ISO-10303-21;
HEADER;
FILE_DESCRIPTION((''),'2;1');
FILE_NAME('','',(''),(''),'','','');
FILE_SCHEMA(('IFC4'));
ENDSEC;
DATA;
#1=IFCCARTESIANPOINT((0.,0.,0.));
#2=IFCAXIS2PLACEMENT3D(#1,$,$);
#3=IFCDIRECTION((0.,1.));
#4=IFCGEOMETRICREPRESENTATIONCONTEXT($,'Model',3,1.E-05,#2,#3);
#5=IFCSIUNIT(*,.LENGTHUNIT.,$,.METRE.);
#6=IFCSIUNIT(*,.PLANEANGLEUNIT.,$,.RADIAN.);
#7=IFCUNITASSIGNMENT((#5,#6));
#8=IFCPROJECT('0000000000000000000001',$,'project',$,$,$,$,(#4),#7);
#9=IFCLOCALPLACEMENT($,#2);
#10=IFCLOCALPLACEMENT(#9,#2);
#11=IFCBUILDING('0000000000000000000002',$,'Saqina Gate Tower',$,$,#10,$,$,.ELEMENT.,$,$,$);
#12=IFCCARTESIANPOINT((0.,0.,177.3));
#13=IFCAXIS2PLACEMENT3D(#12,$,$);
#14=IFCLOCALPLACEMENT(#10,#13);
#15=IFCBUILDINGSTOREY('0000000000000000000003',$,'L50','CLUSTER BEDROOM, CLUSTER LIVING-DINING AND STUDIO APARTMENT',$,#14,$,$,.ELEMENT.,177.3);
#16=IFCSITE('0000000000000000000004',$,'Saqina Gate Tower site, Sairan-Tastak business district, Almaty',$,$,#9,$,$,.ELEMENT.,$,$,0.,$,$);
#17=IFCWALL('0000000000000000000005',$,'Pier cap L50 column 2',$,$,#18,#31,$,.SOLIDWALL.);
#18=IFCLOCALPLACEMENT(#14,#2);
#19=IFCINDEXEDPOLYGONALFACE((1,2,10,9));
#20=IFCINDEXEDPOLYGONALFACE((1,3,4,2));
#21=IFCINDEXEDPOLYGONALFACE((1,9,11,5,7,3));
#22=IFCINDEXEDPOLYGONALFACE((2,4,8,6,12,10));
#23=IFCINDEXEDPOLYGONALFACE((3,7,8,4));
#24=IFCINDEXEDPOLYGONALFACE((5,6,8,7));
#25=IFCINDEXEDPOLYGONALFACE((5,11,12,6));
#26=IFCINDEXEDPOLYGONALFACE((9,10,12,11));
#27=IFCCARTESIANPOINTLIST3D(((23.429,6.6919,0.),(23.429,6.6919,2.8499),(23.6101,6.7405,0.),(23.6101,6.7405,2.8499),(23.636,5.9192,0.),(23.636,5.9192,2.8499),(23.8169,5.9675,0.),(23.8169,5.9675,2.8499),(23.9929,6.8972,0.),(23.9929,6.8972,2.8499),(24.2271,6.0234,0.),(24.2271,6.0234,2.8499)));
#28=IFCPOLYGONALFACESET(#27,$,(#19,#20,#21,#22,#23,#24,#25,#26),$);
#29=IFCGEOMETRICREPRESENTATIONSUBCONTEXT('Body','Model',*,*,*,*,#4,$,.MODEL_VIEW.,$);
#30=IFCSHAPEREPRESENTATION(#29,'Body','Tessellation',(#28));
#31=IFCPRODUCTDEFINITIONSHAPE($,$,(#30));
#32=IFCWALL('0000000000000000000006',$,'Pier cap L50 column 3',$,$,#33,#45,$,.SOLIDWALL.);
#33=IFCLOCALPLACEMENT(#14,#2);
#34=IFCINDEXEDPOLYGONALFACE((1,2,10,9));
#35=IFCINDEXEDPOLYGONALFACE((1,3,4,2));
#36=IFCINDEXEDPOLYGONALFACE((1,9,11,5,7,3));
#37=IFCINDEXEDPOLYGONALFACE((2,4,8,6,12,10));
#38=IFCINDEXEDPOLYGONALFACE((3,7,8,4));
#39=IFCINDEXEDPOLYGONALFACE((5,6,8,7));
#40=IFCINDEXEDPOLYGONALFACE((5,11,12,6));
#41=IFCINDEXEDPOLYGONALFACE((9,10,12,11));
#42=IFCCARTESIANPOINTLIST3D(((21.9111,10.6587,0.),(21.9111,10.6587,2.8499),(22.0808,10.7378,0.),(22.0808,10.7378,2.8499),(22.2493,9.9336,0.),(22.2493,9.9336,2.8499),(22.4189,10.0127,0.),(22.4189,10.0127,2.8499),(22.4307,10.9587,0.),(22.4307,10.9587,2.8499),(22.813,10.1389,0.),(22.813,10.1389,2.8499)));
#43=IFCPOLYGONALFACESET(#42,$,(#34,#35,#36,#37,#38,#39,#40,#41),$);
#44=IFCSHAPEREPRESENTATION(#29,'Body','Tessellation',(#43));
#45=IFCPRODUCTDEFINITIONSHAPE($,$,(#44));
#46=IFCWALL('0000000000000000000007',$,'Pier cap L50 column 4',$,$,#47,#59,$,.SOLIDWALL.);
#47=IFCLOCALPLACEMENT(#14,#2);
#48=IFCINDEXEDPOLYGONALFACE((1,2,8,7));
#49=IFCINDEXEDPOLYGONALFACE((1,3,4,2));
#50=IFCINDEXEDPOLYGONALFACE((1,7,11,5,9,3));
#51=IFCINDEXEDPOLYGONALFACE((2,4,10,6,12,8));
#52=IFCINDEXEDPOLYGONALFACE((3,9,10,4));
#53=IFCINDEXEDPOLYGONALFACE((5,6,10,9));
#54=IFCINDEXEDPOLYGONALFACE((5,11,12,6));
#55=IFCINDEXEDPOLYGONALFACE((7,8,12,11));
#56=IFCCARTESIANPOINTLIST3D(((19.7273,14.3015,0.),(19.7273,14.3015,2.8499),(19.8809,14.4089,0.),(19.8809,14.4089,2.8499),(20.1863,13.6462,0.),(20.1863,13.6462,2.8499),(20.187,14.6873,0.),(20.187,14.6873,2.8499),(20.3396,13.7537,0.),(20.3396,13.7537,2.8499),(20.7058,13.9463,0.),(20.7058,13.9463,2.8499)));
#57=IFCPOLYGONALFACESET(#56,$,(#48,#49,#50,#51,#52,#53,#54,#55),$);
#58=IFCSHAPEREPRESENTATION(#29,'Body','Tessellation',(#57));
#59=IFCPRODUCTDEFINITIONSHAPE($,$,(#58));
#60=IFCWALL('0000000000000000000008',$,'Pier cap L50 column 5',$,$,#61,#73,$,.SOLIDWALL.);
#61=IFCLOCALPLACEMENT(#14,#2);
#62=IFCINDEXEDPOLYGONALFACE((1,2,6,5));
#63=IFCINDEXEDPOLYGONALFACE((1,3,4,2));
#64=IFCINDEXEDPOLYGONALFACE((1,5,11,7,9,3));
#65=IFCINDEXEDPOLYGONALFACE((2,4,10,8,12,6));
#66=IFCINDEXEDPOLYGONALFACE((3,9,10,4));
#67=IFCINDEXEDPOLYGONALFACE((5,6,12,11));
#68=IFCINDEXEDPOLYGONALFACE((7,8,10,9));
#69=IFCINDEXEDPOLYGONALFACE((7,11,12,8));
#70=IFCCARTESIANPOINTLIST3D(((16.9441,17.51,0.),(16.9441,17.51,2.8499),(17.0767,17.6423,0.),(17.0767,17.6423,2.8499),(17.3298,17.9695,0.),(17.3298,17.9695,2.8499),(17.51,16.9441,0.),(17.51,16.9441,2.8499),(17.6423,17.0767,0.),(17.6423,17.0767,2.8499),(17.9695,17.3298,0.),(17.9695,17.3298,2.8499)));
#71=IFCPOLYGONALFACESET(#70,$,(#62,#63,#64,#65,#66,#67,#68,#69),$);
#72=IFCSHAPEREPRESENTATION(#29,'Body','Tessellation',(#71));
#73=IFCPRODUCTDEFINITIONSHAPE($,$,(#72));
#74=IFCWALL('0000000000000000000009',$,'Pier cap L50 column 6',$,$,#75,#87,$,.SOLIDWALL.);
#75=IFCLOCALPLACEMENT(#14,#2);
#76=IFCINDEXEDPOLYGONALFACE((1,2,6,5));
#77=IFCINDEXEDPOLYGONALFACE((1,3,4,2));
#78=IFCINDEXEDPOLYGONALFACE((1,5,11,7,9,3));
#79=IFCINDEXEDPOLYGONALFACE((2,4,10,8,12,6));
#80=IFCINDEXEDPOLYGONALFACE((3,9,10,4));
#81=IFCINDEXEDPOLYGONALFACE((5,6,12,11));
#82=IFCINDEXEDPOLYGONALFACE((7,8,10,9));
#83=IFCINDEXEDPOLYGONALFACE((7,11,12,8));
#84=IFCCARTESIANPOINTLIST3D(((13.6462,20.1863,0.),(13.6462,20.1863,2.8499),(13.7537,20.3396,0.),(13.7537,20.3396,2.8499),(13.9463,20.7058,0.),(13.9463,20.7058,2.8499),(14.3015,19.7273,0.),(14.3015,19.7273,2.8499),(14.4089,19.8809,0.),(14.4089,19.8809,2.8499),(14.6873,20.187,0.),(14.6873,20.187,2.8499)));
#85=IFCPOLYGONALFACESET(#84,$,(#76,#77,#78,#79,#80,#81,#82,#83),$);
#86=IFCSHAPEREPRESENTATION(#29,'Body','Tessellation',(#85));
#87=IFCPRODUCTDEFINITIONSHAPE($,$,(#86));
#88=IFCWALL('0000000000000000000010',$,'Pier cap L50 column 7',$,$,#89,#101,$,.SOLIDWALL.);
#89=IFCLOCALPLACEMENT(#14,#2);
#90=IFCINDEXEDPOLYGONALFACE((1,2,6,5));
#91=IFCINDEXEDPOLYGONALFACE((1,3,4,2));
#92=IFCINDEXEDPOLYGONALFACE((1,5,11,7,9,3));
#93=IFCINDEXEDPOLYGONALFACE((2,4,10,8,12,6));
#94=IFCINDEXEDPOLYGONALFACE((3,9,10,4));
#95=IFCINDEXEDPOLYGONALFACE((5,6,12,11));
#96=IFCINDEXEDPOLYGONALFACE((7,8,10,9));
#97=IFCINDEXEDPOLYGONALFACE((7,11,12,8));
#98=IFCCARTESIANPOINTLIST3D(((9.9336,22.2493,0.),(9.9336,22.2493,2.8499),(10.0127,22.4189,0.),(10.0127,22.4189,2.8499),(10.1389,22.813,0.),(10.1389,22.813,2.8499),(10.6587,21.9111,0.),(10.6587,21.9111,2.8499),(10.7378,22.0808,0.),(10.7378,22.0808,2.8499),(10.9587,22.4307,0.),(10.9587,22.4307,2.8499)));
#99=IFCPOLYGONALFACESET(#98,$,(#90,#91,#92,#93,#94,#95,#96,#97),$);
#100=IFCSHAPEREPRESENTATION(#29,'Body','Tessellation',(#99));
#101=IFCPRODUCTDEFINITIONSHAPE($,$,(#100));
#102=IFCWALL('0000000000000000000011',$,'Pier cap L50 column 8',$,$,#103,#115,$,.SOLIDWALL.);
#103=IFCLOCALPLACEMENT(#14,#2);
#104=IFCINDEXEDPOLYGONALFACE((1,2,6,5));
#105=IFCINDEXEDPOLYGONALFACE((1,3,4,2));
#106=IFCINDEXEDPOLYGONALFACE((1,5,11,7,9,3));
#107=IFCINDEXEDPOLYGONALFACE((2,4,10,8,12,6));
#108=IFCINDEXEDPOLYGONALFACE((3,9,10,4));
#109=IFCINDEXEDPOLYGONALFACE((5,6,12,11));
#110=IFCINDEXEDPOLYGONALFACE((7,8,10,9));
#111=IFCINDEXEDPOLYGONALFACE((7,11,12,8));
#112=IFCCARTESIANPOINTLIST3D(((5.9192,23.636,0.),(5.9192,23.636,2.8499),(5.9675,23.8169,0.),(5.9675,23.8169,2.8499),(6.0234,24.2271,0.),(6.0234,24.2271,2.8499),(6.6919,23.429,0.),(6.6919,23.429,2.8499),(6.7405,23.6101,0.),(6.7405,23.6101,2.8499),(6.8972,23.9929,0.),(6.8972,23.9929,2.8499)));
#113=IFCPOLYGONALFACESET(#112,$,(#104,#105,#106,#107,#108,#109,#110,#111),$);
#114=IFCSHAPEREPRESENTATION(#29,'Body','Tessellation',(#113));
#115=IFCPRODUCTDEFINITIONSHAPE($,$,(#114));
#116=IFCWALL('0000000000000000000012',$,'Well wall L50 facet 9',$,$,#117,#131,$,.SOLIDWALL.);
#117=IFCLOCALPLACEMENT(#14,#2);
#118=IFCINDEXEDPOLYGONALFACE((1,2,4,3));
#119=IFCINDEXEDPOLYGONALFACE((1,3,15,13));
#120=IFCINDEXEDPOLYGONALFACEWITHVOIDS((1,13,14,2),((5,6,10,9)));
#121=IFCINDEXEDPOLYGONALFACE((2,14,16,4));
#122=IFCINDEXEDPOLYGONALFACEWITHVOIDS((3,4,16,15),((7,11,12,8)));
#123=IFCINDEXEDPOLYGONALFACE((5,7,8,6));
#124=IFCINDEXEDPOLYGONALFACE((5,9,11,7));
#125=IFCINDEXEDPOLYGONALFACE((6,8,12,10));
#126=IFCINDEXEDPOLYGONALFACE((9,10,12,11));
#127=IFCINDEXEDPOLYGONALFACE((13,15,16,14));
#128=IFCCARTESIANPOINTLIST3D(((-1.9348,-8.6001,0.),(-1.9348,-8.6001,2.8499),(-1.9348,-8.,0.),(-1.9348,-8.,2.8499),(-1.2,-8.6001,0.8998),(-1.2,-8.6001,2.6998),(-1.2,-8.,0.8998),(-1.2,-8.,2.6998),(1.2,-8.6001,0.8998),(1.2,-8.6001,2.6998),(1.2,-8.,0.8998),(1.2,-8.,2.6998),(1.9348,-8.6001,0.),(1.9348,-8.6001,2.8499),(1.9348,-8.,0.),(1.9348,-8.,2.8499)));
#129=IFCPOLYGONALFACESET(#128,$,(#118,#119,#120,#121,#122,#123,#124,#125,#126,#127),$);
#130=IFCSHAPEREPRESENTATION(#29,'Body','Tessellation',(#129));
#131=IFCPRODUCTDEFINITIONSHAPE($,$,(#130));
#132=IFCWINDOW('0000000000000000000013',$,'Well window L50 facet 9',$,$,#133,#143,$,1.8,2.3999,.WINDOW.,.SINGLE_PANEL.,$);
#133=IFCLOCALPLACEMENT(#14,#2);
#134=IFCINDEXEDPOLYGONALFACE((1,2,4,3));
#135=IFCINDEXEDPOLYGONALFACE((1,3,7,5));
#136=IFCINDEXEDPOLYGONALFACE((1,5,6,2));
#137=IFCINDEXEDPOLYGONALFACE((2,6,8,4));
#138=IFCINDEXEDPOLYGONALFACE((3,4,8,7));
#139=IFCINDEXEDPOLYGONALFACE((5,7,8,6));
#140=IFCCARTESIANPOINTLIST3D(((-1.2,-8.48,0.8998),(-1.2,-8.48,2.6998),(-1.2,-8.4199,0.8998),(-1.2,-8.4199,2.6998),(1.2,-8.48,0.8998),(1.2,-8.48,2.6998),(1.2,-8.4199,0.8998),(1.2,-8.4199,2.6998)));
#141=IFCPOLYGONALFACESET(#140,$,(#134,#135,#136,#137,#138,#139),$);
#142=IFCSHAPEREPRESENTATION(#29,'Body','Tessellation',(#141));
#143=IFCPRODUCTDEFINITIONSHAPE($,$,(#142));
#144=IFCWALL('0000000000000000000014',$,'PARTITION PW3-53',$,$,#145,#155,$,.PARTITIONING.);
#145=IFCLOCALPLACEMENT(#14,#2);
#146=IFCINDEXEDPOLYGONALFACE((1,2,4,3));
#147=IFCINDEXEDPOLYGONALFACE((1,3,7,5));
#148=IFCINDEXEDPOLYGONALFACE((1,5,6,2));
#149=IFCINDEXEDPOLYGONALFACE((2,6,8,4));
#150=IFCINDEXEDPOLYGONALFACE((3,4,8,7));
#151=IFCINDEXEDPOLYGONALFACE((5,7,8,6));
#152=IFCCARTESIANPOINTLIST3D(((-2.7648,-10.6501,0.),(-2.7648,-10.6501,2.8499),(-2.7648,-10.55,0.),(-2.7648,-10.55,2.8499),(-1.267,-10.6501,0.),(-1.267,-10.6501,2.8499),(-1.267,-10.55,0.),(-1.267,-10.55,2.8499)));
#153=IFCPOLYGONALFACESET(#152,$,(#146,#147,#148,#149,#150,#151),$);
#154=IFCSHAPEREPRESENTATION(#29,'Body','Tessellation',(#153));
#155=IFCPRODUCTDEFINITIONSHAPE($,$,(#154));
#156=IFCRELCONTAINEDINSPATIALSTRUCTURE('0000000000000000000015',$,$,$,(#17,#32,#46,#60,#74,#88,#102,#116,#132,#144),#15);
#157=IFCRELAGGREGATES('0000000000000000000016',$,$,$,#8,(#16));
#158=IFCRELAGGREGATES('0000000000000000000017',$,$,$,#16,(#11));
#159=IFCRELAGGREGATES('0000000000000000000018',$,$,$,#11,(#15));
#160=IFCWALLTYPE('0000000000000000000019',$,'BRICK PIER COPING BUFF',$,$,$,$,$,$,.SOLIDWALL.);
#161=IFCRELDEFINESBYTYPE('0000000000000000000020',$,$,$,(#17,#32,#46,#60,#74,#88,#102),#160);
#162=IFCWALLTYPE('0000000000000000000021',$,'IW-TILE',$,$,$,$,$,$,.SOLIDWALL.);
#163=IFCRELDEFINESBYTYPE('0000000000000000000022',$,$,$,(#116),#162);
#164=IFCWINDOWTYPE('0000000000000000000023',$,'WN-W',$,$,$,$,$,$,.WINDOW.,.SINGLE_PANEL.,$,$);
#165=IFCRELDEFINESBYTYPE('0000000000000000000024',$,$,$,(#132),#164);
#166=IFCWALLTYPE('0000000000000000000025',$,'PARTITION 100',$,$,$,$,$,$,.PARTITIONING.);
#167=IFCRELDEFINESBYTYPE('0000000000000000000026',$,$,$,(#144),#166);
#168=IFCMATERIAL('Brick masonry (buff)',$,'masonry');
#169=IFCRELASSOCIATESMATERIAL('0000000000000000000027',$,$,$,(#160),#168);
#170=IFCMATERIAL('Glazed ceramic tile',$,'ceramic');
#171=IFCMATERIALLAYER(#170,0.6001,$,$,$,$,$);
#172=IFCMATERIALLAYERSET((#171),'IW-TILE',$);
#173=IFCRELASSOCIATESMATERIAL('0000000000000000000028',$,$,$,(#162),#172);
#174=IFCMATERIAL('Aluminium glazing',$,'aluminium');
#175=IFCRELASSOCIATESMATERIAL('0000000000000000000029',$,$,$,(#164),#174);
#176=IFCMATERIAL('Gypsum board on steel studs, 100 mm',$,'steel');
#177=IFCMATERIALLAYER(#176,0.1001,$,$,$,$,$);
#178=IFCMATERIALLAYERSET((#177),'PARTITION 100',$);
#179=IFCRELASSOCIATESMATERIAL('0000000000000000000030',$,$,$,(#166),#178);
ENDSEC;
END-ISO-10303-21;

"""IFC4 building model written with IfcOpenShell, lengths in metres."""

from ifc_helpers import new_model, si_unit, direction, frame, frame_2d, origin, place, context, subcontext, project, spatial, polyline, rectangle, outline, extrude, material, layer, layer_set, type_object, element, fill, save


model = new_model("IFC4")

# Units and contexts
model_context = context("Model", 3, precision=1e-05, world=origin(), true_north=direction((0.0, 1.0)))
body_context = subcontext(model_context, "Body", "Model", "MODEL_VIEW")
ifc_project = project(units=[si_unit("LENGTHUNIT", "METRE"), si_unit("PLANEANGLEUNIT", "RADIAN")], contexts=[model_context])

# Site, building, storey
site_placement = place(None, origin())
site = spatial("IfcSite", under=ifc_project, at=site_placement, Name="Saqina Gate Tower site, Sairan-Tastak business district, Almaty", CompositionType="ELEMENT", RefElevation=0.0)
building_placement = place(site_placement, origin())
building = spatial("IfcBuilding", under=site, at=building_placement, Name="Saqina Gate Tower", CompositionType="ELEMENT")
storey_placement = place(building_placement, frame((0.0, 0.0, 177.3)))
storey = spatial("IfcBuildingStorey", under=building, at=storey_placement, Name="L50", Description="CLUSTER BEDROOM, CLUSTER LIVING-DINING AND STUDIO APARTMENT", CompositionType="ELEMENT", Elevation=177.3)

# Walls
ifc_material_1 = material(Name="Brick masonry (buff)", Category="masonry")
wall_type_1 = type_object("IfcWallType", Name="BRICK PIER COPING BUFF", PredefinedType="SOLIDWALL", material=ifc_material_1)
wall_1_placement = place(storey_placement, origin())
element("IfcWall", 1, at=wall_1_placement, inside=storey, type_object=wall_type_1, Name="Pier cap L50 column 2", PredefinedType="SOLIDWALL", context=body_context, shape_type="SweptSolid", body=[
    extrude(outline(polyline([(24.2271, 6.0234), (23.9929, 6.8972), (23.429, 6.6919), (23.6101, 6.7405), (23.8169, 5.9675), (23.636, 5.9192), (24.2271, 6.0234)])), origin(), (0.0, 0.0, 1.0), 2.8499),
])
wall_2_placement = place(storey_placement, origin())
element("IfcWall", 2, at=wall_2_placement, inside=storey, type_object=wall_type_1, Name="Pier cap L50 column 3", PredefinedType="SOLIDWALL", context=body_context, shape_type="SweptSolid", body=[
    extrude(outline(polyline([(22.4307, 10.9587), (21.9111, 10.6587), (22.0808, 10.7378), (22.4189, 10.0127), (22.2493, 9.9336), (22.813, 10.1389), (22.4307, 10.9587)])), origin(), (0.0, 0.0, 1.0), 2.8499),
])
wall_3_placement = place(storey_placement, origin())
element("IfcWall", 3, at=wall_3_placement, inside=storey, type_object=wall_type_1, Name="Pier cap L50 column 4", PredefinedType="SOLIDWALL", context=body_context, shape_type="SweptSolid", body=[
    extrude(outline(polyline([(20.7058, 13.9463), (20.187, 14.6873), (19.7273, 14.3015), (19.8809, 14.4089), (20.3396, 13.7537), (20.1863, 13.6462), (20.7058, 13.9463)])), origin(), (0.0, 0.0, 1.0), 2.8499),
])
wall_4_placement = place(storey_placement, origin())
element("IfcWall", 4, at=wall_4_placement, inside=storey, type_object=wall_type_1, Name="Pier cap L50 column 5", PredefinedType="SOLIDWALL", context=body_context, shape_type="SweptSolid", body=[
    extrude(outline(polyline([(17.3298, 17.9695), (16.9441, 17.51), (17.0767, 17.6423), (17.6423, 17.0767), (17.51, 16.9441), (17.9695, 17.3298), (17.3298, 17.9695)])), origin(), (0.0, 0.0, 1.0), 2.8499),
])
wall_5_placement = place(storey_placement, origin())
element("IfcWall", 5, at=wall_5_placement, inside=storey, type_object=wall_type_1, Name="Pier cap L50 column 6", PredefinedType="SOLIDWALL", context=body_context, shape_type="SweptSolid", body=[
    extrude(outline(polyline([(14.6873, 20.187), (13.9463, 20.7058), (13.6462, 20.1863), (13.7537, 20.3396), (14.4089, 19.8809), (14.3015, 19.7273), (14.6873, 20.187)])), origin(), (0.0, 0.0, 1.0), 2.8499),
])
wall_6_placement = place(storey_placement, origin())
element("IfcWall", 6, at=wall_6_placement, inside=storey, type_object=wall_type_1, Name="Pier cap L50 column 7", PredefinedType="SOLIDWALL", context=body_context, shape_type="SweptSolid", body=[
    extrude(outline(polyline([(10.1389, 22.813), (9.9336, 22.2493), (10.0127, 22.4189), (10.7378, 22.0808), (10.6587, 21.9111), (10.9587, 22.4307), (10.1389, 22.813)])), origin(), (0.0, 0.0, 1.0), 2.8499),
])
wall_7_placement = place(storey_placement, origin())
element("IfcWall", 7, at=wall_7_placement, inside=storey, type_object=wall_type_1, Name="Pier cap L50 column 8", PredefinedType="SOLIDWALL", context=body_context, shape_type="SweptSolid", body=[
    extrude(outline(polyline([(6.0234, 24.2271), (5.9192, 23.636), (5.9675, 23.8169), (6.7405, 23.6101), (6.6919, 23.429), (6.8972, 23.9929), (6.0234, 24.2271)])), origin(), (0.0, 0.0, 1.0), 2.8499),
])

# Wall, opening, window
ifc_material_2 = material(Name="Glazed ceramic tile", Category="ceramic")
ifc_layer_1 = layer(ifc_material_2, 0.6001)
ifc_layer_set_1 = layer_set([ifc_layer_1], Name="IW-TILE")
wall_type_2 = type_object("IfcWallType", Name="IW-TILE", PredefinedType="SOLIDWALL", material=ifc_layer_set_1)
wall_8_placement = place(storey_placement, frame((-1.9348, -8.3, 0.0), z_axis=(0.0, 0.0, 1.0), x_axis=(1.0, 0.0, 0.0)))
wall_8 = element("IfcWall", 8, at=wall_8_placement, inside=storey, type_object=wall_type_2, Name="Well wall L50 facet 9", PredefinedType="SOLIDWALL", context=body_context, shape_type="SweptSolid", body=[
    extrude(rectangle(XDim=3.8696, YDim=0.6001, at=frame_2d((1.9348, 0.0))), origin(), (0.0, 0.0, 1.0), 2.8499),
])
opening_placement = place(wall_8_placement, frame((0.7349, 0.0, 0.8999)))
opening = element("IfcOpeningElement", 9, at=opening_placement, cuts=wall_8, PredefinedType="OPENING", context=body_context, shape_type="SweptSolid", body=[
    extrude(rectangle(XDim=2.3999, YDim=1.8, at=frame_2d((1.2, 0.8999))), frame((0.0, 0.312, 0.0), z_axis=(0.0, -1.0, 0.0), x_axis=(1.0, 0.0, 0.0)), (0.0, 0.0, 1.0), 0.624),
])
ifc_material_3 = material(Name="Aluminium glazing", Category="aluminium")
window_type = type_object("IfcWindowType", Name="WN-W", PartitioningType="SINGLE_PANEL", PredefinedType="WINDOW", material=ifc_material_3)
window_placement = place(opening_placement, origin())
window = element("IfcWindow", 10, at=window_placement, inside=storey, type_object=window_type, Name="Well window L50 facet 9", OverallHeight=1.8, OverallWidth=2.3999, PartitioningType="SINGLE_PANEL", PredefinedType="WINDOW", context=body_context, shape_type="SweptSolid", body=[
    extrude(rectangle(XDim=2.3999, YDim=1.8, at=frame_2d((1.2, 0.8999))), frame((0.0, -0.1199, 0.0), z_axis=(0.0, -1.0, 0.0), x_axis=(1.0, 0.0, 0.0)), (0.0, 0.0, 1.0), 0.0601),
])
fill(opening, window)

# Wall
ifc_material_4 = material(Name="Gypsum board on steel studs, 100 mm", Category="steel")
ifc_layer_2 = layer(ifc_material_4, 0.1001)
ifc_layer_set_2 = layer_set([ifc_layer_2], Name="PARTITION 100")
wall_type_3 = type_object("IfcWallType", Name="PARTITION 100", PredefinedType="PARTITIONING", material=ifc_layer_set_2)
wall_9_placement = place(storey_placement, frame((-2.7649, -10.6001, 0.0), z_axis=(0.0, 0.0, 1.0), x_axis=(1.0, 0.0, 0.0)))
element("IfcWall", 11, at=wall_9_placement, inside=storey, type_object=wall_type_3, Name="PARTITION PW3-53", PredefinedType="PARTITIONING", context=body_context, shape_type="SweptSolid", body=[
    extrude(rectangle(XDim=1.4978, YDim=0.1001, at=frame_2d((0.749, 0.0))), origin(), (0.0, 0.0, 1.0), 2.8499),
])

save(model, "model.ifc")
